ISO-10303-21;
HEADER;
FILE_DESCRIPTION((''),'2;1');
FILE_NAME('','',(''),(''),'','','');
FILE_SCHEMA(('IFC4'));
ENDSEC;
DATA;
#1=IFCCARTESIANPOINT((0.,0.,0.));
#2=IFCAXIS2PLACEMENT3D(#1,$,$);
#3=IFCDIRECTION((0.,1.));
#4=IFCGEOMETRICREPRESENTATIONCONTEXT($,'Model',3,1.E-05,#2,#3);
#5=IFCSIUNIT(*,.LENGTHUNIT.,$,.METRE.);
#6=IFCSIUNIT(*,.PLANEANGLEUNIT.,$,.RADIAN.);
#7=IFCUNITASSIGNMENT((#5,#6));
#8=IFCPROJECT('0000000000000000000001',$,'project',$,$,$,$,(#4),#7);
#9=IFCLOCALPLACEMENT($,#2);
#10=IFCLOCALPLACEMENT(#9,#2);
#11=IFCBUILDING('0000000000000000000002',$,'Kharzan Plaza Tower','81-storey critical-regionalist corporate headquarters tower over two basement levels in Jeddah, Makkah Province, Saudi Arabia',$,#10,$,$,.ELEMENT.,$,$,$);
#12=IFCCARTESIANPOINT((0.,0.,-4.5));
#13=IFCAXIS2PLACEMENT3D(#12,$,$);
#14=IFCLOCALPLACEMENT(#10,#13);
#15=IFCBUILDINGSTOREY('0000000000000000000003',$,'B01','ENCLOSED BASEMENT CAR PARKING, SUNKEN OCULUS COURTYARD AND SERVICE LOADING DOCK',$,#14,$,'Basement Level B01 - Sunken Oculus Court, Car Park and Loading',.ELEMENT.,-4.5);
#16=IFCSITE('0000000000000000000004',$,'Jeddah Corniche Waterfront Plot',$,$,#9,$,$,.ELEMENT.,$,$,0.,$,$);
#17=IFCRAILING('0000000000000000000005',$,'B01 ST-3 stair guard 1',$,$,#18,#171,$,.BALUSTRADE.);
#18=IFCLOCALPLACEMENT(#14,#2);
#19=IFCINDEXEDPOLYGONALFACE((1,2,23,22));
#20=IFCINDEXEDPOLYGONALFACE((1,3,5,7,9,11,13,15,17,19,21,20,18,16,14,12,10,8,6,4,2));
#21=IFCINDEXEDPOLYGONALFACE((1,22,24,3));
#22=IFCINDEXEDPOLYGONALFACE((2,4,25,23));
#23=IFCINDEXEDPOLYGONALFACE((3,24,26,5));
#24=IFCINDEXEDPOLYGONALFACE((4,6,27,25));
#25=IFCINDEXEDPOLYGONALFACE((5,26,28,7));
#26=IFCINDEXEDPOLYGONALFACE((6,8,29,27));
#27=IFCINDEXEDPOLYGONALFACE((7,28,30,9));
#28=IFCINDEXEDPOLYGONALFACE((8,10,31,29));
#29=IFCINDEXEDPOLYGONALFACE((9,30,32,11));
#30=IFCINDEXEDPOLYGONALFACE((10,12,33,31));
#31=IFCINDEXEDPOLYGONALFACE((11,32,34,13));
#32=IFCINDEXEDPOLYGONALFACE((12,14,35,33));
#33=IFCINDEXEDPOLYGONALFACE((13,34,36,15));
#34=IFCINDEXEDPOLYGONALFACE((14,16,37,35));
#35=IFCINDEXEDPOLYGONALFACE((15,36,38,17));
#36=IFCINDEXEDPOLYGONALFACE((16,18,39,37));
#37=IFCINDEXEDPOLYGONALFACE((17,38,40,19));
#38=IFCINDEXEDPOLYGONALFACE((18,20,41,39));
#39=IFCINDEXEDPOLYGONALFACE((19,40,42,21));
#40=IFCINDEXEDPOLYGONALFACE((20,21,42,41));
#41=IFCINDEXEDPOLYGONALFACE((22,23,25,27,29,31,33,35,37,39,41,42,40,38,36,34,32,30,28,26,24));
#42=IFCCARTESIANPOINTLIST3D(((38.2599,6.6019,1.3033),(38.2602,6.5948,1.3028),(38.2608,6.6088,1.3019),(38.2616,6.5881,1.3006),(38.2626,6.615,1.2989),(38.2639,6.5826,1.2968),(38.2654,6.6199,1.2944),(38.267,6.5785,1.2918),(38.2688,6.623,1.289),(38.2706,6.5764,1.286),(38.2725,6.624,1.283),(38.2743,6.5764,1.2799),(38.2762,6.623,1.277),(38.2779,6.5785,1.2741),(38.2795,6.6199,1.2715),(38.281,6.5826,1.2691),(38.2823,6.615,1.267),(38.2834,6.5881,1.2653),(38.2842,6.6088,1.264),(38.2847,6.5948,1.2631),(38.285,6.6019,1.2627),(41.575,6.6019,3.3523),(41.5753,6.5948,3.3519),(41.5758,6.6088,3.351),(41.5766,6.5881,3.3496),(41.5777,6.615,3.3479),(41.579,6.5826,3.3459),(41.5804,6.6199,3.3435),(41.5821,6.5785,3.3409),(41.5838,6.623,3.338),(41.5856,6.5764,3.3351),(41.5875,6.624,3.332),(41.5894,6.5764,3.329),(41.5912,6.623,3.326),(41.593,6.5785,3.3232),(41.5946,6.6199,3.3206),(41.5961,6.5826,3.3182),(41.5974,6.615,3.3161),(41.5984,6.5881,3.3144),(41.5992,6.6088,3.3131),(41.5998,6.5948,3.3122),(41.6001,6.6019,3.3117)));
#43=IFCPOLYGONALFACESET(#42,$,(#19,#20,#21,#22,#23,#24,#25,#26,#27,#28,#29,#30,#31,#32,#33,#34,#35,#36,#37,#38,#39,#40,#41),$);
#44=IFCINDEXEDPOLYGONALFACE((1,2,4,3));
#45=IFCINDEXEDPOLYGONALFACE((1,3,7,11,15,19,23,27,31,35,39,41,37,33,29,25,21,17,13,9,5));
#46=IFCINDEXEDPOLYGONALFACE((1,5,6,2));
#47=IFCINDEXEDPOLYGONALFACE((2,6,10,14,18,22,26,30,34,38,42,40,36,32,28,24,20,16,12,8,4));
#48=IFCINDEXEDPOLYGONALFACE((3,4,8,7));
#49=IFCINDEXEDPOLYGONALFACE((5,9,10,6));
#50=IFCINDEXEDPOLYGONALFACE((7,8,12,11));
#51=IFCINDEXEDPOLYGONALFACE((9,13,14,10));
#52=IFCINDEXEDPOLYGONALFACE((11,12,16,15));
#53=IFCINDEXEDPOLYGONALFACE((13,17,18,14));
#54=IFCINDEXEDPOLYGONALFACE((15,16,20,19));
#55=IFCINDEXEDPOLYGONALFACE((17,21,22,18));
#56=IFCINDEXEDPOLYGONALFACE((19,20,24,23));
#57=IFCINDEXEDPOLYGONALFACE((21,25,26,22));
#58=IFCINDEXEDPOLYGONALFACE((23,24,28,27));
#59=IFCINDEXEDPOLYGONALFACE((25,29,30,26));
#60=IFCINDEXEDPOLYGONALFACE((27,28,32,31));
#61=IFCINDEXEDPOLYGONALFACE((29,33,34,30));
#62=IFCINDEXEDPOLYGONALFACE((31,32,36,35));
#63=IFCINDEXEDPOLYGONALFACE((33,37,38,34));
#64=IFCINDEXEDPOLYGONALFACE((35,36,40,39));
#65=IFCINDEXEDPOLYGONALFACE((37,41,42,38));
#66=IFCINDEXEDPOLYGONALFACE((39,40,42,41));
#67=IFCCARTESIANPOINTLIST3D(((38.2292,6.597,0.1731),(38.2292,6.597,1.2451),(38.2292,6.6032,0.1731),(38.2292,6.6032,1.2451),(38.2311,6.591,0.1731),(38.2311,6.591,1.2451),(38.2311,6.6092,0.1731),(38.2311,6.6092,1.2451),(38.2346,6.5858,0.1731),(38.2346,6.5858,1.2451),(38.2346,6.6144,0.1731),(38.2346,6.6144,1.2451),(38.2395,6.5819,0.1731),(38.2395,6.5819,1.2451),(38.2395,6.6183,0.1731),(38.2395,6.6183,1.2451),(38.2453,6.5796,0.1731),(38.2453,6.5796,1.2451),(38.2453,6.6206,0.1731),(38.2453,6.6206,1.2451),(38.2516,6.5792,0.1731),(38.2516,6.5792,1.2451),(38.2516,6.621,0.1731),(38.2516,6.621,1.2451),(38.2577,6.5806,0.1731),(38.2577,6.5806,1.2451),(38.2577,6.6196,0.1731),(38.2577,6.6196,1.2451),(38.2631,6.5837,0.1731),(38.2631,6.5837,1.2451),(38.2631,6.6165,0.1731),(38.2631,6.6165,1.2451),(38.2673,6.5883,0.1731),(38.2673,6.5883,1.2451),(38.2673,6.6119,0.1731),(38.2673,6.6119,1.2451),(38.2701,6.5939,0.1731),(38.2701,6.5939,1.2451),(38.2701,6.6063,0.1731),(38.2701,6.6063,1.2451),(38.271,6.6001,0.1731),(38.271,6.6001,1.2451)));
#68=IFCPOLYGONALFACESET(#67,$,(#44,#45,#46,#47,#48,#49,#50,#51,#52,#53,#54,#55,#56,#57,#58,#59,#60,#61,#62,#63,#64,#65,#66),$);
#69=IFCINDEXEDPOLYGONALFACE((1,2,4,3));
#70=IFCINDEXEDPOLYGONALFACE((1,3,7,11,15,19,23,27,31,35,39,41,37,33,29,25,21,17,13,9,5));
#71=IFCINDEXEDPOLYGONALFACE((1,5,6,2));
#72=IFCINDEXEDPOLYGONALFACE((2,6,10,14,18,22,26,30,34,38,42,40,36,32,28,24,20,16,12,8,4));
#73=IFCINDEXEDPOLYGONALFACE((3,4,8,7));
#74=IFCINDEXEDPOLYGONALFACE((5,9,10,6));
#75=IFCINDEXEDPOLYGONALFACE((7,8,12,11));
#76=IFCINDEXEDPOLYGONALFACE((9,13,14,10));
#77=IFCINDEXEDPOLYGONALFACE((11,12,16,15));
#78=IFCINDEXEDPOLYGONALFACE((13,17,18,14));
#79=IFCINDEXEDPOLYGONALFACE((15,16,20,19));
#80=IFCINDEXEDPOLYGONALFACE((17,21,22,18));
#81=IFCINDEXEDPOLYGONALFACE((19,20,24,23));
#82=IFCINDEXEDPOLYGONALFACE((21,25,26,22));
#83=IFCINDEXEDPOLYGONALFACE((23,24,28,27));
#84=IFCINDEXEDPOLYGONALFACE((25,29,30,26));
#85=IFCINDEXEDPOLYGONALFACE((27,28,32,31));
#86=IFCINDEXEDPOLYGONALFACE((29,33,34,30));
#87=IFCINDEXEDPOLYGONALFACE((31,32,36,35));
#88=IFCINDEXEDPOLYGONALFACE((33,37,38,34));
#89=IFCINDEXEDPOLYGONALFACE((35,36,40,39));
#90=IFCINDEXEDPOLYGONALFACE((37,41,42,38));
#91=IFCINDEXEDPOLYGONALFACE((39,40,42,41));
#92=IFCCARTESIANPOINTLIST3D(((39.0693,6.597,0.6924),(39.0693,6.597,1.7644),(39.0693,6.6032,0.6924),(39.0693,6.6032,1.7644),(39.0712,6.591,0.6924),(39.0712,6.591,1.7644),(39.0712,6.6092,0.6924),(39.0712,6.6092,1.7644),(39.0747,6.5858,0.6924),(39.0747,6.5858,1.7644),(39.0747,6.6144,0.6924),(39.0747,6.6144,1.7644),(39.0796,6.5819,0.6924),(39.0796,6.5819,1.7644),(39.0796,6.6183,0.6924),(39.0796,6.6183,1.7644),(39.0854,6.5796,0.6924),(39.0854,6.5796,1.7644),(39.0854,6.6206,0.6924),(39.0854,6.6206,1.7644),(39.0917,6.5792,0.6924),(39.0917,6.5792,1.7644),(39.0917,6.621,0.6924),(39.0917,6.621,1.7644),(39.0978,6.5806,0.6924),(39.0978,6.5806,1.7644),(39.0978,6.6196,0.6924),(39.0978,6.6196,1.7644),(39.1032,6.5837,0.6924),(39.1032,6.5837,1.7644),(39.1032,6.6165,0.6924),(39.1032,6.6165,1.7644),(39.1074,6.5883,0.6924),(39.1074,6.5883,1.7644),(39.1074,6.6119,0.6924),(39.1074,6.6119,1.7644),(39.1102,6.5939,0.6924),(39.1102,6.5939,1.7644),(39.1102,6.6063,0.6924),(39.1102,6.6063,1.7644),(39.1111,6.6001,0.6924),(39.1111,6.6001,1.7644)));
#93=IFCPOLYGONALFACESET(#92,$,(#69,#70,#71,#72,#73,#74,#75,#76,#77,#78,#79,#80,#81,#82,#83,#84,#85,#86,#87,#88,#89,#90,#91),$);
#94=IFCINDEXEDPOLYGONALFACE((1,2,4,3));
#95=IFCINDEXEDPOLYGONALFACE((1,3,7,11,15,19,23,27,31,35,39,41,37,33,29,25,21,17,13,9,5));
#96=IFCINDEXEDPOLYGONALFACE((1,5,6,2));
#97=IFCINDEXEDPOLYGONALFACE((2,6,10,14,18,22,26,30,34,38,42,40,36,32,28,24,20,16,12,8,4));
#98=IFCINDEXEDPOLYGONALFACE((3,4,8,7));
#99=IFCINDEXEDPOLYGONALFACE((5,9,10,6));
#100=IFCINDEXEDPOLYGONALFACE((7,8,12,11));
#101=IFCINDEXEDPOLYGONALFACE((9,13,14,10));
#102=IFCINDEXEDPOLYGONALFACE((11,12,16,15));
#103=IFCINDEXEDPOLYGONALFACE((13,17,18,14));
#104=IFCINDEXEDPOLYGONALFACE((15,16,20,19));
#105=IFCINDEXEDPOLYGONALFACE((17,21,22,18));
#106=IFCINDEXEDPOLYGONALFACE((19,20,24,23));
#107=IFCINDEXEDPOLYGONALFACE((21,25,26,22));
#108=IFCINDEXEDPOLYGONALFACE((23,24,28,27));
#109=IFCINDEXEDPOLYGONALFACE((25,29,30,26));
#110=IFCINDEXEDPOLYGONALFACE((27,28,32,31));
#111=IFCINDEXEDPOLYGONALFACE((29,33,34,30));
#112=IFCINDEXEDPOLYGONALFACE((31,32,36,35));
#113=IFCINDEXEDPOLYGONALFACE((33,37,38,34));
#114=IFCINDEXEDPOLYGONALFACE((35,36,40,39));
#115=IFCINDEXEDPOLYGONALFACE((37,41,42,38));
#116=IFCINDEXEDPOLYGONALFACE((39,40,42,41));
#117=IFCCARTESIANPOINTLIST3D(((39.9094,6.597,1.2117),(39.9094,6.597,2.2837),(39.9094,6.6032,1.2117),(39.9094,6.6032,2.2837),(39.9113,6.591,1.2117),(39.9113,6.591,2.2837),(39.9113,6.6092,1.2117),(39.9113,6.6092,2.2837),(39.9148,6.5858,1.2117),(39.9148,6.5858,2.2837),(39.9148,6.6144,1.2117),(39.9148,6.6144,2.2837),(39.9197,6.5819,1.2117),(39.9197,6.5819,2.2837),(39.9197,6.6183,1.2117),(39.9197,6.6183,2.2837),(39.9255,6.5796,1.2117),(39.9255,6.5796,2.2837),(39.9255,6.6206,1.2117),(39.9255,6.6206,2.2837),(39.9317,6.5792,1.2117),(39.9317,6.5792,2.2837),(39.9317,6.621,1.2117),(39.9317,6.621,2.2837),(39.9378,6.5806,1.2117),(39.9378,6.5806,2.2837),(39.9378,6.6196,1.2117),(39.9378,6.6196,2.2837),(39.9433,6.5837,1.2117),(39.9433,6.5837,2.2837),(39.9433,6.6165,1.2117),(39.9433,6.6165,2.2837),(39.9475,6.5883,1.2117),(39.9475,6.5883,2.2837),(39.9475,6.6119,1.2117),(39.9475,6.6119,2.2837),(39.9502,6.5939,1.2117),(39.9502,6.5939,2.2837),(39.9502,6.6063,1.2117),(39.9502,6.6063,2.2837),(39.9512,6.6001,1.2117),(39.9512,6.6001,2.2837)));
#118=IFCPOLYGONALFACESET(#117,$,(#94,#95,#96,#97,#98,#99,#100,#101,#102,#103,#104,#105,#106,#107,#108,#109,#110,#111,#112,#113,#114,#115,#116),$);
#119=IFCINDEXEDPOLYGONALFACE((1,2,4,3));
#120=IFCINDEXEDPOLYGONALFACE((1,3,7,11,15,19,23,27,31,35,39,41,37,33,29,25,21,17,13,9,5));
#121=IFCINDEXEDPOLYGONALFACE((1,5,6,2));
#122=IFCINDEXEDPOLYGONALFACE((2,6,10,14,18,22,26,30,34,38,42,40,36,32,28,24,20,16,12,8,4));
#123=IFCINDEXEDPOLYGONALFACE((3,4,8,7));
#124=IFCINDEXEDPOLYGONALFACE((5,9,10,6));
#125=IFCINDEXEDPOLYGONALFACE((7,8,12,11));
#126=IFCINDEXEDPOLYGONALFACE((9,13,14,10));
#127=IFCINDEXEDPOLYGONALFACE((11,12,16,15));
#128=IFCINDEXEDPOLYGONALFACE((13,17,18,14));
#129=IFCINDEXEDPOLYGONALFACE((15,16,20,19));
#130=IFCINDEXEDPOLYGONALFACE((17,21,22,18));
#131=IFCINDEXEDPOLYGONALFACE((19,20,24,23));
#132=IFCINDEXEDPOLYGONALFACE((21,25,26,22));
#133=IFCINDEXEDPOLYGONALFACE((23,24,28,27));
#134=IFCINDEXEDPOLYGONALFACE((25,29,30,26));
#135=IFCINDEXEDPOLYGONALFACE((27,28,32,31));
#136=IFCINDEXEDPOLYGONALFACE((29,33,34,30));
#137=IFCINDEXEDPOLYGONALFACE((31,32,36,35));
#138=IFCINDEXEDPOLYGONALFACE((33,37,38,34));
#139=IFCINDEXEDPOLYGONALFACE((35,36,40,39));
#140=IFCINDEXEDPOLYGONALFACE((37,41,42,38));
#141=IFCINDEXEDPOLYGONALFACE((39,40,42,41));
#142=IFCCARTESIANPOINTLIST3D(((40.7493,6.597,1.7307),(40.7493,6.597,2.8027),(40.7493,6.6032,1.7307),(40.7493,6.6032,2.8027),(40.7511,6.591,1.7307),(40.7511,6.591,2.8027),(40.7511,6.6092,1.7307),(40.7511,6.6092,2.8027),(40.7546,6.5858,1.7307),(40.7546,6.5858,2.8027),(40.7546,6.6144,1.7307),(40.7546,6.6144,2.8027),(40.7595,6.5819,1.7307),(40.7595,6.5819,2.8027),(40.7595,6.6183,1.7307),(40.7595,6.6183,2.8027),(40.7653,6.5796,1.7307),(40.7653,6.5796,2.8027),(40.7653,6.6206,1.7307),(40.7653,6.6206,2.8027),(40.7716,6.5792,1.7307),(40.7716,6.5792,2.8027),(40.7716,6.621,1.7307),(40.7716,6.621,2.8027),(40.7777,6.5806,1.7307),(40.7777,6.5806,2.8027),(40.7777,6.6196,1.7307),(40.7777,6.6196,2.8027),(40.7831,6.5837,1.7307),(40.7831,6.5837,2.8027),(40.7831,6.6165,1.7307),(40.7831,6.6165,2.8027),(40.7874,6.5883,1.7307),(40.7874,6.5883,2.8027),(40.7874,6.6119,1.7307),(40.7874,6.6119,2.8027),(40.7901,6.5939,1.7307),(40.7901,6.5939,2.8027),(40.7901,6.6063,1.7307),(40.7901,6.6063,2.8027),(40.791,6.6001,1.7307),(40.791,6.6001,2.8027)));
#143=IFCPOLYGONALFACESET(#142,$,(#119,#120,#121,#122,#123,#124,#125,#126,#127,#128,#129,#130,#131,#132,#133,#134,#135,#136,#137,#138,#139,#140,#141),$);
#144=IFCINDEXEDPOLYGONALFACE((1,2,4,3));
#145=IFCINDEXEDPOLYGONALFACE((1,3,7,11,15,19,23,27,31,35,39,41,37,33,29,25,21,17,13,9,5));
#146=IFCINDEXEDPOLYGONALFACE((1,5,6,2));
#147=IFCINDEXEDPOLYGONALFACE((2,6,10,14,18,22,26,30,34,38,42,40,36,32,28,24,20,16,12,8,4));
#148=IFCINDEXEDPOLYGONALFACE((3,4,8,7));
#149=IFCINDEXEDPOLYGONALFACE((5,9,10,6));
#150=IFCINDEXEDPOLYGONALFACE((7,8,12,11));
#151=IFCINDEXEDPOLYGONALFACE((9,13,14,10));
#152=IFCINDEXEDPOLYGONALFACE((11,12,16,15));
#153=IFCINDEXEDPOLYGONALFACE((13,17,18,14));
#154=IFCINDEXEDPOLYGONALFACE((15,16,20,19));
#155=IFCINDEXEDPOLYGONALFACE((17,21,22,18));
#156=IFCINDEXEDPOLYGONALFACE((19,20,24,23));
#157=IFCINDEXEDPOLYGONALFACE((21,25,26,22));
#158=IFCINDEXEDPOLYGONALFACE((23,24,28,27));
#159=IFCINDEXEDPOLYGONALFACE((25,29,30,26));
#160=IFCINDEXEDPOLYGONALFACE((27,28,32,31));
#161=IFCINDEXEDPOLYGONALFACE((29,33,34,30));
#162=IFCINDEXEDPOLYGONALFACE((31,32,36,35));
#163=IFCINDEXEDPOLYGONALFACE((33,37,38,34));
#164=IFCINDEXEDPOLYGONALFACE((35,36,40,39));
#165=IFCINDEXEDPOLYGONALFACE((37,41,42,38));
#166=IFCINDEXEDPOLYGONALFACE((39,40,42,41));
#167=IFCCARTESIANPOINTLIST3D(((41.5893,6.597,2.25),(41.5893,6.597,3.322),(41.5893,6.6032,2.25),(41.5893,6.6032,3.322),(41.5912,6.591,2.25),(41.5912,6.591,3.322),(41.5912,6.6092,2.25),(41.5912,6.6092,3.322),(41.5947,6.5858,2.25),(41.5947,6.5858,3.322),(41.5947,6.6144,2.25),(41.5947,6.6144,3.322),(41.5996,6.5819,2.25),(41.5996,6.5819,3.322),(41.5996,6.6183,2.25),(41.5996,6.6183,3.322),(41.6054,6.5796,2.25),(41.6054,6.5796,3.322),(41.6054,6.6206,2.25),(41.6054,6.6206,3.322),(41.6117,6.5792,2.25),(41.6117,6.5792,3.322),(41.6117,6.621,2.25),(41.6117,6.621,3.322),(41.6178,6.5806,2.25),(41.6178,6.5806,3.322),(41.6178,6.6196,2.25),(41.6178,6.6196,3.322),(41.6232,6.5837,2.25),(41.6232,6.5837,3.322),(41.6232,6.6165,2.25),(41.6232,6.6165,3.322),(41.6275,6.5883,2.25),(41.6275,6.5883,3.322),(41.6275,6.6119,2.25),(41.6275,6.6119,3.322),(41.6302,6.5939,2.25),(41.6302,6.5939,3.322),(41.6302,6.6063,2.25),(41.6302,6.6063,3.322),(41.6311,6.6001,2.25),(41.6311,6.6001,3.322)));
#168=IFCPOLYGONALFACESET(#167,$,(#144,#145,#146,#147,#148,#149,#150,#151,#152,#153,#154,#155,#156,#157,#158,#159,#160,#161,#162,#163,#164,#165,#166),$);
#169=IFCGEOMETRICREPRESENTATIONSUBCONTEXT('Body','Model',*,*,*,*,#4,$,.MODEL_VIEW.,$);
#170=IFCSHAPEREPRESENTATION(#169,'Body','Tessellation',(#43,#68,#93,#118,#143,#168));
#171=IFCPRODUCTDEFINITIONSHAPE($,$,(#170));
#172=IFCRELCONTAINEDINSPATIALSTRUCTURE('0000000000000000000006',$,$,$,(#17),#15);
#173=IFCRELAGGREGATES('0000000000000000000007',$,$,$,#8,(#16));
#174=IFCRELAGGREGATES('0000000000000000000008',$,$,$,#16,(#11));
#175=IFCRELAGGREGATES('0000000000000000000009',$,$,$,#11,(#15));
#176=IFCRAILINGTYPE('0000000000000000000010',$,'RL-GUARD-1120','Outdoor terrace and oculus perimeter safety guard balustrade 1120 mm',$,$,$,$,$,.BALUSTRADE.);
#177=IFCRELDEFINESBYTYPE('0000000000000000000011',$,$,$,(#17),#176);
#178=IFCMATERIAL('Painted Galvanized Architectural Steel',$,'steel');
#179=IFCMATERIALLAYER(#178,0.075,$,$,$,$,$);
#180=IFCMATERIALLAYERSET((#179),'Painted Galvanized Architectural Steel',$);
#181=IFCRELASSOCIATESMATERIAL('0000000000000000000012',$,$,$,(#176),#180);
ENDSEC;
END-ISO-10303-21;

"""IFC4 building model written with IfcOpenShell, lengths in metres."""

from ifc_helpers import new_model, si_unit, direction, frame, origin, origin_2d, place, context, subcontext, project, spatial, circle, extrude, source, transform, mapped, material, layer, layer_set, type_object, element, save


model = new_model("IFC4")

# Units and contexts
model_context = context("Model", 3, precision=1e-05, world=origin(), true_north=direction((0.0, 1.0)))
body_context = subcontext(model_context, "Body", "Model", "MODEL_VIEW")
ifc_project = project(units=[si_unit("LENGTHUNIT", "METRE"), si_unit("PLANEANGLEUNIT", "RADIAN")], contexts=[model_context])

# Site, building, storey
site_placement = place(None, origin())
site = spatial("IfcSite", under=ifc_project, at=site_placement, Name="Jeddah Corniche Waterfront Plot", CompositionType="ELEMENT", RefElevation=0.0)
building_placement = place(site_placement, origin())
building = spatial("IfcBuilding", under=site, at=building_placement, Name="Kharzan Plaza Tower", Description="81-storey critical-regionalist corporate headquarters tower over two basement levels in Jeddah, Makkah Province, Saudi Arabia", CompositionType="ELEMENT")
storey_placement = place(building_placement, frame((0.0, 0.0, -4.5)))
storey = spatial("IfcBuildingStorey", under=building, at=storey_placement, Name="B01", Description="ENCLOSED BASEMENT CAR PARKING, SUNKEN OCULUS COURTYARD AND SERVICE LOADING DOCK", LongName="Basement Level B01 - Sunken Oculus Court, Car Park and Loading", CompositionType="ELEMENT", Elevation=-4.5)

# Railing
ifc_material_1 = material(Name="Painted Galvanized Architectural Steel", Category="steel")
ifc_layer_1 = layer(ifc_material_1, 0.075)
ifc_layer_set_1 = layer_set([ifc_layer_1], Name="Painted Galvanized Architectural Steel")
railing_type_1 = type_object("IfcRailingType", Name="RL-GUARD-1120", Description="Outdoor terrace and oculus perimeter safety guard balustrade 1120 mm", PredefinedType="BALUSTRADE", material=ifc_layer_set_1)
shared_shape_1 = source(origin(), body_context, "Body", "SweptSolid", [
    extrude(circle(Radius=0.0239, at=origin_2d()), frame((0.0225, 0.0, 1.1099), z_axis=(0.850623, 0.0, 0.525776), x_axis=(0.0, 1.0, 0.0)), (0.0, 0.0, 1.0), 3.8972),
    extrude(circle(Radius=0.021, at=origin_2d()), origin(), (0.0, 0.0, 1.0), 1.072),
    extrude(circle(Radius=0.021, at=origin_2d()), frame((0.8401, 0.0, 0.5193)), (0.0, 0.0, 1.0), 1.072),
    extrude(circle(Radius=0.021, at=origin_2d()), frame((1.6802, 0.0, 1.0386)), (0.0, 0.0, 1.0), 1.072),
    extrude(circle(Radius=0.021, at=origin_2d()), frame((2.52, 0.0, 1.5576)), (0.0, 0.0, 1.0), 1.072),
    extrude(circle(Radius=0.021, at=origin_2d()), frame((3.3601, 0.0, 2.0769)), (0.0, 0.0, 1.0), 1.072),
])
railing_1_placement = place(storey_placement, frame((38.25, 6.6001, 0.1731)))
element("IfcRailing", 1, at=railing_1_placement, inside=storey, type_object=railing_type_1, Name="B01 ST-3 stair guard 1", PredefinedType="BALUSTRADE", context=body_context, shape_type="MappedRepresentation", body=[
    mapped(shared_shape_1, transform((0.0, 0.0, 0.0), x_axis=(1.0, 0.0, 0.0), y_axis=(0.0, 1.0, 0.0), z_axis=(0.0, 0.0, 1.0))),
])

save(model, "model.ifc")
